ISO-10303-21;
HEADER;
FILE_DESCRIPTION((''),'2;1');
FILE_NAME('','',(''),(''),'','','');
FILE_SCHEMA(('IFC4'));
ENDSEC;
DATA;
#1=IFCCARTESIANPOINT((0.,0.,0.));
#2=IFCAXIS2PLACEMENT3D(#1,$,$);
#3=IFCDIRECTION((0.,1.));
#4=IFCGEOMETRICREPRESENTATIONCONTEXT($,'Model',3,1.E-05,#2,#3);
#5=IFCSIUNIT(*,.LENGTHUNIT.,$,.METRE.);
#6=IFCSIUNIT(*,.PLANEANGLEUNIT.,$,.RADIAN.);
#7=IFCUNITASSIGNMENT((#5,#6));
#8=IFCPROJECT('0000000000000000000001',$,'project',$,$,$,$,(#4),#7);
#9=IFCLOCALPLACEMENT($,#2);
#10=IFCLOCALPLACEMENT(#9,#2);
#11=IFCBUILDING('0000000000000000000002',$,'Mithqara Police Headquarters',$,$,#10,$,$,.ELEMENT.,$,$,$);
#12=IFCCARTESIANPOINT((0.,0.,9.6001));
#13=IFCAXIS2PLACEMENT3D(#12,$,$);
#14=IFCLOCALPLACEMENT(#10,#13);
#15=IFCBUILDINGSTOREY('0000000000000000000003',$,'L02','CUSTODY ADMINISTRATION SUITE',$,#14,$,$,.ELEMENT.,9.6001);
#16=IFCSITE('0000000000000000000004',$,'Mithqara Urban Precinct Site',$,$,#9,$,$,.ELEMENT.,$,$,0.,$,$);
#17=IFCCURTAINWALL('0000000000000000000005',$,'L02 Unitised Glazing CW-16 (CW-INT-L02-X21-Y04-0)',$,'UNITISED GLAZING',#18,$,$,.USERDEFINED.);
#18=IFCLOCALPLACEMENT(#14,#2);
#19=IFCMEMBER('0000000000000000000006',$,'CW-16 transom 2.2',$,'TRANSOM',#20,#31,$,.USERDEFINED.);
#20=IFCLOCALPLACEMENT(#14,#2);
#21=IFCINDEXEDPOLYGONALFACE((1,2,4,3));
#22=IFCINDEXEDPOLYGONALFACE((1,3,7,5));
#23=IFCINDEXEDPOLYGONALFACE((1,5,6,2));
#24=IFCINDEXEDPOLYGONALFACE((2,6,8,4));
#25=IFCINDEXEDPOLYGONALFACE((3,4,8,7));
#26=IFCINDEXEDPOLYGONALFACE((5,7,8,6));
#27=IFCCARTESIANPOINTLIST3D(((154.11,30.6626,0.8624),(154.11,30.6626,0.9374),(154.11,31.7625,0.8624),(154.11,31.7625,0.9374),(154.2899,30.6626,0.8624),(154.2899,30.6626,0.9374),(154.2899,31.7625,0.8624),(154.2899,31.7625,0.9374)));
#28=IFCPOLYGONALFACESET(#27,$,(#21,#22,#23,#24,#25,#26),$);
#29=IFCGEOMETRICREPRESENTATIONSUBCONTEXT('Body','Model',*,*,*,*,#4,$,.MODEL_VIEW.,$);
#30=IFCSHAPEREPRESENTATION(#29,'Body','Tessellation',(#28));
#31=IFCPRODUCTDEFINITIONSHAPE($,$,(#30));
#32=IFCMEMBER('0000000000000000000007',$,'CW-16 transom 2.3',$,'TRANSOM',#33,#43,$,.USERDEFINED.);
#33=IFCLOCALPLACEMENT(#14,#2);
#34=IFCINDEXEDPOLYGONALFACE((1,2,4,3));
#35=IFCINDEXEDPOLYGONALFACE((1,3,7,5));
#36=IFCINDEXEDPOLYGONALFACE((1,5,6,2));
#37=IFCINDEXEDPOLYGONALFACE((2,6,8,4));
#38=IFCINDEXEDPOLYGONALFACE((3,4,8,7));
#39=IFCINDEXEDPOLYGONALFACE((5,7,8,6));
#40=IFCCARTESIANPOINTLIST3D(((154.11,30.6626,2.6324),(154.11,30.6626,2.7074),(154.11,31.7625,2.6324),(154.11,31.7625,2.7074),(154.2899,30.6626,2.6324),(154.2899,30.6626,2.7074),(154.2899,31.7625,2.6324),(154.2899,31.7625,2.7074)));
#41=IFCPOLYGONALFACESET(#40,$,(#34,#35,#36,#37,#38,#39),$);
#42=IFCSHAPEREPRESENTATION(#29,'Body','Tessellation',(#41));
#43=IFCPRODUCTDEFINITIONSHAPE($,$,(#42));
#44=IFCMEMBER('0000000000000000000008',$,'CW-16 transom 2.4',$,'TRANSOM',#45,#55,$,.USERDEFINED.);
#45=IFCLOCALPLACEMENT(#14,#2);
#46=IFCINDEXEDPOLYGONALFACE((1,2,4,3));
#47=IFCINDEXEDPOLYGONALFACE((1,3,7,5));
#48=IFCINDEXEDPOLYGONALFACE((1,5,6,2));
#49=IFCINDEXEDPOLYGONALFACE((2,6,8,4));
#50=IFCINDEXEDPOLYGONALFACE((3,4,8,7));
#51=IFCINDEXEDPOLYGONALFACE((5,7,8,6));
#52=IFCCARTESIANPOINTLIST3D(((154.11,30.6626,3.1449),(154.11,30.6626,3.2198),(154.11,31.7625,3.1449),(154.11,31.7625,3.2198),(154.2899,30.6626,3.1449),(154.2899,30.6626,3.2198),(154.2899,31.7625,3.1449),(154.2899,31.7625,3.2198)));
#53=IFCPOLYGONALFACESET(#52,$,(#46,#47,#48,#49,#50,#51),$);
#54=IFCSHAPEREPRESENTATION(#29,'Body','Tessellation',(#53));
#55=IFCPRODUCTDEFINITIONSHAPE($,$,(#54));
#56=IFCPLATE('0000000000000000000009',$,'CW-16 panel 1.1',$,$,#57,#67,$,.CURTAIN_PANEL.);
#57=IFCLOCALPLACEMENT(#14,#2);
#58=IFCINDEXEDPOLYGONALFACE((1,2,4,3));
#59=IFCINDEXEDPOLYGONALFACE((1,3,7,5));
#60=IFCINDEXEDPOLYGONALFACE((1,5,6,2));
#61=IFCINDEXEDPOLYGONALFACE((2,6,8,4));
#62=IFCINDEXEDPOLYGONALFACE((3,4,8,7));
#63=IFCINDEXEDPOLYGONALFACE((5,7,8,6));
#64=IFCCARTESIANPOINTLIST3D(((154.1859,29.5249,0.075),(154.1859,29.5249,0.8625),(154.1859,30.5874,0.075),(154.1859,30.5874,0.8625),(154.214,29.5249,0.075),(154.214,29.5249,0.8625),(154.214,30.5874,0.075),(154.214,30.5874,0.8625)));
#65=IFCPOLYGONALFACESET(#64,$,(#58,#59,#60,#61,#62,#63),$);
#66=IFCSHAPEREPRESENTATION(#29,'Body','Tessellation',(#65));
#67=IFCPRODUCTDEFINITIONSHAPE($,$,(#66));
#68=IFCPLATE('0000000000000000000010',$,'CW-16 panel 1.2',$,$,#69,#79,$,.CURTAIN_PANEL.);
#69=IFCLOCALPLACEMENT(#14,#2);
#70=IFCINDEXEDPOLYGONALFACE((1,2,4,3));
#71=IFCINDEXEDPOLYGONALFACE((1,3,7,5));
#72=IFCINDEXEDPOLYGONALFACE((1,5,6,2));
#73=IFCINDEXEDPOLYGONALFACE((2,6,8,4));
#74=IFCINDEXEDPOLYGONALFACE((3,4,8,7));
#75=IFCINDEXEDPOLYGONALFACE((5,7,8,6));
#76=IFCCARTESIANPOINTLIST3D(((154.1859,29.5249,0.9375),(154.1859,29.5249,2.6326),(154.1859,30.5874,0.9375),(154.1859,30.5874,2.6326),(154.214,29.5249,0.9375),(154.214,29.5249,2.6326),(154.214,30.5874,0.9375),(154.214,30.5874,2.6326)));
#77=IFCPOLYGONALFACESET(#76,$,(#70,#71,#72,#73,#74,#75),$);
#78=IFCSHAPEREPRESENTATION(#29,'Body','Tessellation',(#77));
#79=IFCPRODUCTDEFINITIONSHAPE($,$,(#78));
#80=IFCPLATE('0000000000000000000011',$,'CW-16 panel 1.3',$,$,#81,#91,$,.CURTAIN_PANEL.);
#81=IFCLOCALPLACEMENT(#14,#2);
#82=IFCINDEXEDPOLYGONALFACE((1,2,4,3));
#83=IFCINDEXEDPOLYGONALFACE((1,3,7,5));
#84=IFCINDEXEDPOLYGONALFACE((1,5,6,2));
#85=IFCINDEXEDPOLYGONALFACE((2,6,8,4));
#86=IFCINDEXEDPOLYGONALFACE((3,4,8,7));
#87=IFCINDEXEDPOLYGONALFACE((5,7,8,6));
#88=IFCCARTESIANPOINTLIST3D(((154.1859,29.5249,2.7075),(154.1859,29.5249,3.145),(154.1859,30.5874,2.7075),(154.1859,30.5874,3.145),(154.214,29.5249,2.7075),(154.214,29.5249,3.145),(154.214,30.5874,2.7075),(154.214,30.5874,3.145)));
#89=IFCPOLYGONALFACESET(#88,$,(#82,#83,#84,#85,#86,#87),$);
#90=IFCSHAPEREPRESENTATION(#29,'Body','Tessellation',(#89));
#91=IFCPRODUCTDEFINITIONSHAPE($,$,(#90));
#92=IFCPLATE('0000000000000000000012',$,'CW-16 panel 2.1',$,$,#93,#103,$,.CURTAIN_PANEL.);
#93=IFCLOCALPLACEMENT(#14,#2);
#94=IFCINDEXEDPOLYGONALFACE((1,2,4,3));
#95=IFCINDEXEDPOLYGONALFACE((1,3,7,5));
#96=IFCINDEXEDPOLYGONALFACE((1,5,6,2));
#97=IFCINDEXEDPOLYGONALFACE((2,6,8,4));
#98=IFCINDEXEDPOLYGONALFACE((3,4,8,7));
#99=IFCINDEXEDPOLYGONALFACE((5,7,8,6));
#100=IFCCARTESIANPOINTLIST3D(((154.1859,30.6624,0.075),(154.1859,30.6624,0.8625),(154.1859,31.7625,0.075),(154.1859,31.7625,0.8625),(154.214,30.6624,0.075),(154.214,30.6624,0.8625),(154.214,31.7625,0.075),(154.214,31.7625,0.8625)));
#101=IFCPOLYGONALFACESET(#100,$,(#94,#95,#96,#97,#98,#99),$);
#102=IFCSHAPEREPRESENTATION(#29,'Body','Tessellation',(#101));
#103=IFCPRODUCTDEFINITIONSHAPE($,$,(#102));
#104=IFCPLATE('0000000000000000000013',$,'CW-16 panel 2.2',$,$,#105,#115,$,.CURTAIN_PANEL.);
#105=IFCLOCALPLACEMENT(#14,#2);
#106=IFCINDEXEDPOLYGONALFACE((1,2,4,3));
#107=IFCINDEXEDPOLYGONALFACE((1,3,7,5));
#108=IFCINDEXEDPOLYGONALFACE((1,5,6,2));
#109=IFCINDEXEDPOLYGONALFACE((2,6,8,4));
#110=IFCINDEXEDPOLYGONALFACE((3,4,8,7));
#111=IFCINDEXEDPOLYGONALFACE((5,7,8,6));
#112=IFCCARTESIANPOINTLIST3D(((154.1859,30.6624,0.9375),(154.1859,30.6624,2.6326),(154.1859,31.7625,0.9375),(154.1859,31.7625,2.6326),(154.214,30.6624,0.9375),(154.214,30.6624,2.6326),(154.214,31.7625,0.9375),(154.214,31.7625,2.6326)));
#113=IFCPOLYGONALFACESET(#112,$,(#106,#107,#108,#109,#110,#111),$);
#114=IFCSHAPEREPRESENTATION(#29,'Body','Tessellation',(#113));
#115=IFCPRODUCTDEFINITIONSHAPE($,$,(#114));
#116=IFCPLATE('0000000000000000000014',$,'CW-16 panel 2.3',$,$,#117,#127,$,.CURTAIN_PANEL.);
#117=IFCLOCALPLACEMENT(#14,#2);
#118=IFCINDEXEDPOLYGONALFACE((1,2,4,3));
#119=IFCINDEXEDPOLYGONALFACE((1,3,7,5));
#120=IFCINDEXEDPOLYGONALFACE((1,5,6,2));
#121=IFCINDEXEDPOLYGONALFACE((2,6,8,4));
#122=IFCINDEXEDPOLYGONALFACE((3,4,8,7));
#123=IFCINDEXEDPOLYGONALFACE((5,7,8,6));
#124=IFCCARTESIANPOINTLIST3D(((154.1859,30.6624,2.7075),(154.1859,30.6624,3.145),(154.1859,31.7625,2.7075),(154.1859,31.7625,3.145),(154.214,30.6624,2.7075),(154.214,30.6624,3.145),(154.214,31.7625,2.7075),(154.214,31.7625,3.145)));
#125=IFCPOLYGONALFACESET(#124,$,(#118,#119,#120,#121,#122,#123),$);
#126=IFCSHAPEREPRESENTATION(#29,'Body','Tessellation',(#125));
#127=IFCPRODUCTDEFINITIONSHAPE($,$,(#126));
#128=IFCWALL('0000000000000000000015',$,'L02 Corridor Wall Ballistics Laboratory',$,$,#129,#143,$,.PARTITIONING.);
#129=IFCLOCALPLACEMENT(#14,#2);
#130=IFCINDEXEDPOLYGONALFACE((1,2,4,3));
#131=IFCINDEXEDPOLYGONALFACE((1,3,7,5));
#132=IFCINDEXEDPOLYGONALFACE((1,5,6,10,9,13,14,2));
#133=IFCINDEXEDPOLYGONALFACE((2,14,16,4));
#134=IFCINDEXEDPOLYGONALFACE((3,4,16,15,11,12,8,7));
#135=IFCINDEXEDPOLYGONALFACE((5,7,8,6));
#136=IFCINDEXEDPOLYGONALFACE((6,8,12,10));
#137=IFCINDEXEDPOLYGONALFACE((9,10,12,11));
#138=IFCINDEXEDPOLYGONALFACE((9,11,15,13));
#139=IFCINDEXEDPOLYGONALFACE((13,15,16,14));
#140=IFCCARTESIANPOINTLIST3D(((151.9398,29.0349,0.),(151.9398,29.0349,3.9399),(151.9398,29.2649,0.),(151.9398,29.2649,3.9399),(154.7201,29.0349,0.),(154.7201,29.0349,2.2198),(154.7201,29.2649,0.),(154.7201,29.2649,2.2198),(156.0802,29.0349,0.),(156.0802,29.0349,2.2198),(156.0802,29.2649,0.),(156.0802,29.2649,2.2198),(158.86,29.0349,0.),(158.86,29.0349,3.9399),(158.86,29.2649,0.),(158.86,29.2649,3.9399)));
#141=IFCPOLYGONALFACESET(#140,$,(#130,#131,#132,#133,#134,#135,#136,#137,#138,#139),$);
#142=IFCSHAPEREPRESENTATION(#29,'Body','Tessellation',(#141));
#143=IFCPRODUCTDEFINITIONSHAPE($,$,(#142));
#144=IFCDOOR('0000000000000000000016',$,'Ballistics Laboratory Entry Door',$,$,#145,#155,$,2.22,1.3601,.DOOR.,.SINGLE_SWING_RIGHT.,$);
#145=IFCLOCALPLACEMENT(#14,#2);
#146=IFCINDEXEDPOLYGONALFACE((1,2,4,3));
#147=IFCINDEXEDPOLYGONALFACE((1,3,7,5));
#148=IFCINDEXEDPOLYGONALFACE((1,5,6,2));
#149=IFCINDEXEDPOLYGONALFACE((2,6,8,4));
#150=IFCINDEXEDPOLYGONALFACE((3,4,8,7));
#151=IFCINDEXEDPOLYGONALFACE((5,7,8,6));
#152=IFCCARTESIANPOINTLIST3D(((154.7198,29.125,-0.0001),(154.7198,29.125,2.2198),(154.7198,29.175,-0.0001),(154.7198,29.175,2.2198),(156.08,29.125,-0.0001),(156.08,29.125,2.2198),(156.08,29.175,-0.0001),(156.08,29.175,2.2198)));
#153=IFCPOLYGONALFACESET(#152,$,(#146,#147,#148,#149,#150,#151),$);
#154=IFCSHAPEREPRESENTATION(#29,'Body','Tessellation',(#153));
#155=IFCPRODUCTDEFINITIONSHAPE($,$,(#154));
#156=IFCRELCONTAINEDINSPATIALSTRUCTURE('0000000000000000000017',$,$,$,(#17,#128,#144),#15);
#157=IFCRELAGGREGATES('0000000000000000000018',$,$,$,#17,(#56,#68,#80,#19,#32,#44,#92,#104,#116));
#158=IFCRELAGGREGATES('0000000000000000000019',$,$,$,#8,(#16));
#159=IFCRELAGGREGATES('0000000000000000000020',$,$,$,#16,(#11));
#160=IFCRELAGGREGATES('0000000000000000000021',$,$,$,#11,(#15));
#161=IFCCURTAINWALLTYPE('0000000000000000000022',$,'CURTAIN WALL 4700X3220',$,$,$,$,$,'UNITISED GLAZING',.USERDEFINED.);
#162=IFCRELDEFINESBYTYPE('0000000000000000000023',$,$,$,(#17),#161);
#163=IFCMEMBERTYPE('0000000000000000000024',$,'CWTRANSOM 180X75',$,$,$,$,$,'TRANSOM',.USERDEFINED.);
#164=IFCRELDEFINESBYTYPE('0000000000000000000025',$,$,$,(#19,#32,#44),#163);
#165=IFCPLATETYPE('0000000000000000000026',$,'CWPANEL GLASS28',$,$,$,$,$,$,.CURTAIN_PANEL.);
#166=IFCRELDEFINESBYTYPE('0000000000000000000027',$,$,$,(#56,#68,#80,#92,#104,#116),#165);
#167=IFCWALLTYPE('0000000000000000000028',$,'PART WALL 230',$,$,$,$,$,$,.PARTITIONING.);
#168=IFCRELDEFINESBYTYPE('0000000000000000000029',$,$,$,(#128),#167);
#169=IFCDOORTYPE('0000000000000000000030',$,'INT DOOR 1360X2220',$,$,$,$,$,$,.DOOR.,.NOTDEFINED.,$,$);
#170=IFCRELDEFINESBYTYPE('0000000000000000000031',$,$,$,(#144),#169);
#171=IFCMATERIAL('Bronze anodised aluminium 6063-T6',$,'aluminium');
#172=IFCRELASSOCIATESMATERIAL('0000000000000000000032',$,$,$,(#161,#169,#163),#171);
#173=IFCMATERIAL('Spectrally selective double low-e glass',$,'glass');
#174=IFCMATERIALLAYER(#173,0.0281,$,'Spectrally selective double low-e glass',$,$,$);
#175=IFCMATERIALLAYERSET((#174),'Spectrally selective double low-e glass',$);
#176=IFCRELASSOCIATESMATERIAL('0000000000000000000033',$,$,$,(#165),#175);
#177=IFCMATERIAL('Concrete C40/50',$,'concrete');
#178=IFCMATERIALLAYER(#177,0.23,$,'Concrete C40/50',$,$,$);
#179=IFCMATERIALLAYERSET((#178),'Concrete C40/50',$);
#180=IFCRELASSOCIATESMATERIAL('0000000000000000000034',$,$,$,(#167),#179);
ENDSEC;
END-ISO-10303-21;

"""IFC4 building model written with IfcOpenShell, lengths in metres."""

from ifc_helpers import new_model, si_unit, direction, frame, frame_2d, origin, origin_2d, place, context, subcontext, project, spatial, rectangle, extrude, material, layer, layer_set, material_profile, profile_set, type_object, element, fill, aggregate, save


model = new_model("IFC4")

# Units and contexts
model_context = context("Model", 3, precision=1e-05, world=origin(), true_north=direction((0.0, 1.0)))
body_context = subcontext(model_context, "Body", "Model", "MODEL_VIEW")
ifc_project = project(units=[si_unit("LENGTHUNIT", "METRE"), si_unit("PLANEANGLEUNIT", "RADIAN")], contexts=[model_context])

# Site, building, storey
site_placement = place(None, origin())
site = spatial("IfcSite", under=ifc_project, at=site_placement, Name="Mithqara Urban Precinct Site", CompositionType="ELEMENT", RefElevation=0.0)
building_placement = place(site_placement, origin())
building = spatial("IfcBuilding", under=site, at=building_placement, Name="Mithqara Police Headquarters", CompositionType="ELEMENT")
storey_placement = place(building_placement, frame((0.0, 0.0, 9.6001)))
storey = spatial("IfcBuildingStorey", under=building, at=storey_placement, Name="L02", Description="CUSTODY ADMINISTRATION SUITE", CompositionType="ELEMENT", Elevation=9.6001)

# Curtain wall, members, plates
ifc_material_1 = material(Name="Bronze anodised aluminium 6063-T6", Category="aluminium")
curtain_wall_type = type_object("IfcCurtainWallType", Name="CURTAIN WALL 4700X3220", ElementType="UNITISED GLAZING", PredefinedType="USERDEFINED", material=ifc_material_1)
curtain_wall_placement = place(storey_placement, origin())
curtain_wall = element("IfcCurtainWall", 1, at=curtain_wall_placement, inside=storey, type_object=curtain_wall_type, Name="L02 Unitised Glazing CW-16 (CW-INT-L02-X21-Y04-0)", ObjectType="UNITISED GLAZING", PredefinedType="USERDEFINED")
ifc_material_profile_1 = material_profile(ifc_material_1, rectangle(XDim=0.1799, YDim=0.075, at=origin_2d()), Name="CWT 180x75")
ifc_profile_set_1 = profile_set([ifc_material_profile_1], Name="Bronze anodised aluminium 6063-T6")
member_type_1 = type_object("IfcMemberType", Name="CWTRANSOM 180X75", ElementType="TRANSOM", PredefinedType="USERDEFINED", material=ifc_profile_set_1)
member_1_placement = place(storey_placement, frame((154.2, 30.6626, 0.8999), z_axis=(0.0, 1.0, 0.0), x_axis=(-1.0, 0.0, 0.0)))
member_1 = element("IfcMember", 2, at=member_1_placement, type_object=member_type_1, Name="CW-16 transom 2.2", ObjectType="TRANSOM", PredefinedType="USERDEFINED", context=body_context, shape_type="SweptSolid", body=[
    extrude(rectangle(XDim=0.1799, YDim=0.075, at=origin_2d()), origin(), (0.0, 0.0, 1.0), 1.0999),
])
member_2_placement = place(storey_placement, frame((154.2, 30.6626, 2.6699), z_axis=(0.0, 1.0, 0.0), x_axis=(-1.0, 0.0, 0.0)))
member_2 = element("IfcMember", 3, at=member_2_placement, type_object=member_type_1, Name="CW-16 transom 2.3", ObjectType="TRANSOM", PredefinedType="USERDEFINED", context=body_context, shape_type="SweptSolid", body=[
    extrude(rectangle(XDim=0.1799, YDim=0.075, at=origin_2d()), origin(), (0.0, 0.0, 1.0), 1.0999),
])
member_3_placement = place(storey_placement, frame((154.2, 30.6626, 3.1824), z_axis=(0.0, 1.0, 0.0), x_axis=(-1.0, 0.0, 0.0)))
member_3 = element("IfcMember", 4, at=member_3_placement, type_object=member_type_1, Name="CW-16 transom 2.4", ObjectType="TRANSOM", PredefinedType="USERDEFINED", context=body_context, shape_type="SweptSolid", body=[
    extrude(rectangle(XDim=0.1799, YDim=0.075, at=origin_2d()), origin(), (0.0, 0.0, 1.0), 1.0999),
])
ifc_material_2 = material(Name="Spectrally selective double low-e glass", Category="glass")
ifc_layer_1 = layer(ifc_material_2, 0.0281, Name="Spectrally selective double low-e glass")
ifc_layer_set_1 = layer_set([ifc_layer_1], Name="Spectrally selective double low-e glass")
plate_type = type_object("IfcPlateType", Name="CWPANEL GLASS28", PredefinedType="CURTAIN_PANEL", material=ifc_layer_set_1)
plate_1_placement = place(storey_placement, frame((154.2, 30.0562, 0.075), z_axis=(0.0, 0.0, 1.0), x_axis=(0.0, 1.0, 0.0)))
plate_1 = element("IfcPlate", 5, at=plate_1_placement, type_object=plate_type, Name="CW-16 panel 1.1", PredefinedType="CURTAIN_PANEL", context=body_context, shape_type="SweptSolid", body=[
    extrude(rectangle(XDim=1.0625, YDim=0.0281, at=origin_2d()), origin(), (0.0, 0.0, 1.0), 0.7876),
])
plate_2_placement = place(storey_placement, frame((154.2, 30.0562, 0.9375), z_axis=(0.0, 0.0, 1.0), x_axis=(0.0, 1.0, 0.0)))
plate_2 = element("IfcPlate", 6, at=plate_2_placement, type_object=plate_type, Name="CW-16 panel 1.2", PredefinedType="CURTAIN_PANEL", context=body_context, shape_type="SweptSolid", body=[
    extrude(rectangle(XDim=1.0625, YDim=0.0281, at=origin_2d()), origin(), (0.0, 0.0, 1.0), 1.6951),
])
plate_3_placement = place(storey_placement, frame((154.2, 30.0562, 2.7075), z_axis=(0.0, 0.0, 1.0), x_axis=(0.0, 1.0, 0.0)))
plate_3 = element("IfcPlate", 7, at=plate_3_placement, type_object=plate_type, Name="CW-16 panel 1.3", PredefinedType="CURTAIN_PANEL", context=body_context, shape_type="SweptSolid", body=[
    extrude(rectangle(XDim=1.0625, YDim=0.0281, at=origin_2d()), origin(), (0.0, 0.0, 1.0), 0.4375),
])
plate_4_placement = place(storey_placement, frame((154.2, 31.2124, 0.075), z_axis=(0.0, 0.0, 1.0), x_axis=(0.0, 1.0, 0.0)))
plate_4 = element("IfcPlate", 8, at=plate_4_placement, type_object=plate_type, Name="CW-16 panel 2.1", PredefinedType="CURTAIN_PANEL", context=body_context, shape_type="SweptSolid", body=[
    extrude(rectangle(XDim=1.1001, YDim=0.0281, at=origin_2d()), origin(), (0.0, 0.0, 1.0), 0.7876),
])
plate_5_placement = place(storey_placement, frame((154.2, 31.2124, 0.9375), z_axis=(0.0, 0.0, 1.0), x_axis=(0.0, 1.0, 0.0)))
plate_5 = element("IfcPlate", 9, at=plate_5_placement, type_object=plate_type, Name="CW-16 panel 2.2", PredefinedType="CURTAIN_PANEL", context=body_context, shape_type="SweptSolid", body=[
    extrude(rectangle(XDim=1.1001, YDim=0.0281, at=origin_2d()), origin(), (0.0, 0.0, 1.0), 1.6951),
])
plate_6_placement = place(storey_placement, frame((154.2, 31.2124, 2.7075), z_axis=(0.0, 0.0, 1.0), x_axis=(0.0, 1.0, 0.0)))
plate_6 = element("IfcPlate", 10, at=plate_6_placement, type_object=plate_type, Name="CW-16 panel 2.3", PredefinedType="CURTAIN_PANEL", context=body_context, shape_type="SweptSolid", body=[
    extrude(rectangle(XDim=1.1001, YDim=0.0281, at=origin_2d()), origin(), (0.0, 0.0, 1.0), 0.4375),
])
aggregate(curtain_wall, [plate_1, plate_2, plate_3, member_1, member_2, member_3, plate_4, plate_5, plate_6])

# Wall, opening, door
ifc_material_3 = material(Name="Concrete C40/50", Category="concrete")
ifc_layer_2 = layer(ifc_material_3, 0.23, Name="Concrete C40/50")
ifc_layer_set_2 = layer_set([ifc_layer_2], Name="Concrete C40/50")
wall_type = type_object("IfcWallType", Name="PART WALL 230", PredefinedType="PARTITIONING", material=ifc_layer_set_2)
wall_placement = place(storey_placement, frame((151.9399, 29.1499, 0.0), z_axis=(0.0, 0.0, 1.0), x_axis=(1.0, 0.0, 0.0)))
wall = element("IfcWall", 11, at=wall_placement, inside=storey, type_object=wall_type, Name="L02 Corridor Wall Ballistics Laboratory", PredefinedType="PARTITIONING", context=body_context, shape_type="SweptSolid", body=[
    extrude(rectangle(XDim=6.9202, YDim=0.23, at=frame_2d((3.46, 0.0))), origin(), (0.0, 0.0, 1.0), 3.9399),
])
opening_placement = place(wall_placement, frame((2.78, 0.0, 0.0)))
opening = element("IfcOpeningElement", 12, at=opening_placement, cuts=wall, PredefinedType="OPENING", context=body_context, shape_type="SweptSolid", body=[
    extrude(rectangle(XDim=1.3601, YDim=2.22, at=frame_2d((0.6802, 1.1099))), frame((0.0, 0.125, 0.0), z_axis=(0.0, -1.0, 0.0), x_axis=(1.0, 0.0, 0.0)), (0.0, 0.0, 1.0), 0.25),
])
door_type = type_object("IfcDoorType", Name="INT DOOR 1360X2220", OperationType="NOTDEFINED", PredefinedType="DOOR", material=ifc_material_1)
door_placement = place(opening_placement, frame((1.3601, 0.0, 0.0), z_axis=(0.0, 0.0, 1.0), x_axis=(-1.0, 0.0, 0.0)))
door = element("IfcDoor", 13, at=door_placement, inside=storey, type_object=door_type, Name="Ballistics Laboratory Entry Door", OperationType="SINGLE_SWING_RIGHT", OverallHeight=2.22, OverallWidth=1.3601, PredefinedType="DOOR", context=body_context, shape_type="SweptSolid", body=[
    extrude(rectangle(XDim=1.3601, YDim=2.22, at=frame_2d((0.6802, 1.1099))), frame((0.0, 0.0249, 0.0), z_axis=(0.0, -1.0, 0.0), x_axis=(1.0, 0.0, 0.0)), (0.0, 0.0, 1.0), 0.05),
])
fill(opening, door)

save(model, "model.ifc")
